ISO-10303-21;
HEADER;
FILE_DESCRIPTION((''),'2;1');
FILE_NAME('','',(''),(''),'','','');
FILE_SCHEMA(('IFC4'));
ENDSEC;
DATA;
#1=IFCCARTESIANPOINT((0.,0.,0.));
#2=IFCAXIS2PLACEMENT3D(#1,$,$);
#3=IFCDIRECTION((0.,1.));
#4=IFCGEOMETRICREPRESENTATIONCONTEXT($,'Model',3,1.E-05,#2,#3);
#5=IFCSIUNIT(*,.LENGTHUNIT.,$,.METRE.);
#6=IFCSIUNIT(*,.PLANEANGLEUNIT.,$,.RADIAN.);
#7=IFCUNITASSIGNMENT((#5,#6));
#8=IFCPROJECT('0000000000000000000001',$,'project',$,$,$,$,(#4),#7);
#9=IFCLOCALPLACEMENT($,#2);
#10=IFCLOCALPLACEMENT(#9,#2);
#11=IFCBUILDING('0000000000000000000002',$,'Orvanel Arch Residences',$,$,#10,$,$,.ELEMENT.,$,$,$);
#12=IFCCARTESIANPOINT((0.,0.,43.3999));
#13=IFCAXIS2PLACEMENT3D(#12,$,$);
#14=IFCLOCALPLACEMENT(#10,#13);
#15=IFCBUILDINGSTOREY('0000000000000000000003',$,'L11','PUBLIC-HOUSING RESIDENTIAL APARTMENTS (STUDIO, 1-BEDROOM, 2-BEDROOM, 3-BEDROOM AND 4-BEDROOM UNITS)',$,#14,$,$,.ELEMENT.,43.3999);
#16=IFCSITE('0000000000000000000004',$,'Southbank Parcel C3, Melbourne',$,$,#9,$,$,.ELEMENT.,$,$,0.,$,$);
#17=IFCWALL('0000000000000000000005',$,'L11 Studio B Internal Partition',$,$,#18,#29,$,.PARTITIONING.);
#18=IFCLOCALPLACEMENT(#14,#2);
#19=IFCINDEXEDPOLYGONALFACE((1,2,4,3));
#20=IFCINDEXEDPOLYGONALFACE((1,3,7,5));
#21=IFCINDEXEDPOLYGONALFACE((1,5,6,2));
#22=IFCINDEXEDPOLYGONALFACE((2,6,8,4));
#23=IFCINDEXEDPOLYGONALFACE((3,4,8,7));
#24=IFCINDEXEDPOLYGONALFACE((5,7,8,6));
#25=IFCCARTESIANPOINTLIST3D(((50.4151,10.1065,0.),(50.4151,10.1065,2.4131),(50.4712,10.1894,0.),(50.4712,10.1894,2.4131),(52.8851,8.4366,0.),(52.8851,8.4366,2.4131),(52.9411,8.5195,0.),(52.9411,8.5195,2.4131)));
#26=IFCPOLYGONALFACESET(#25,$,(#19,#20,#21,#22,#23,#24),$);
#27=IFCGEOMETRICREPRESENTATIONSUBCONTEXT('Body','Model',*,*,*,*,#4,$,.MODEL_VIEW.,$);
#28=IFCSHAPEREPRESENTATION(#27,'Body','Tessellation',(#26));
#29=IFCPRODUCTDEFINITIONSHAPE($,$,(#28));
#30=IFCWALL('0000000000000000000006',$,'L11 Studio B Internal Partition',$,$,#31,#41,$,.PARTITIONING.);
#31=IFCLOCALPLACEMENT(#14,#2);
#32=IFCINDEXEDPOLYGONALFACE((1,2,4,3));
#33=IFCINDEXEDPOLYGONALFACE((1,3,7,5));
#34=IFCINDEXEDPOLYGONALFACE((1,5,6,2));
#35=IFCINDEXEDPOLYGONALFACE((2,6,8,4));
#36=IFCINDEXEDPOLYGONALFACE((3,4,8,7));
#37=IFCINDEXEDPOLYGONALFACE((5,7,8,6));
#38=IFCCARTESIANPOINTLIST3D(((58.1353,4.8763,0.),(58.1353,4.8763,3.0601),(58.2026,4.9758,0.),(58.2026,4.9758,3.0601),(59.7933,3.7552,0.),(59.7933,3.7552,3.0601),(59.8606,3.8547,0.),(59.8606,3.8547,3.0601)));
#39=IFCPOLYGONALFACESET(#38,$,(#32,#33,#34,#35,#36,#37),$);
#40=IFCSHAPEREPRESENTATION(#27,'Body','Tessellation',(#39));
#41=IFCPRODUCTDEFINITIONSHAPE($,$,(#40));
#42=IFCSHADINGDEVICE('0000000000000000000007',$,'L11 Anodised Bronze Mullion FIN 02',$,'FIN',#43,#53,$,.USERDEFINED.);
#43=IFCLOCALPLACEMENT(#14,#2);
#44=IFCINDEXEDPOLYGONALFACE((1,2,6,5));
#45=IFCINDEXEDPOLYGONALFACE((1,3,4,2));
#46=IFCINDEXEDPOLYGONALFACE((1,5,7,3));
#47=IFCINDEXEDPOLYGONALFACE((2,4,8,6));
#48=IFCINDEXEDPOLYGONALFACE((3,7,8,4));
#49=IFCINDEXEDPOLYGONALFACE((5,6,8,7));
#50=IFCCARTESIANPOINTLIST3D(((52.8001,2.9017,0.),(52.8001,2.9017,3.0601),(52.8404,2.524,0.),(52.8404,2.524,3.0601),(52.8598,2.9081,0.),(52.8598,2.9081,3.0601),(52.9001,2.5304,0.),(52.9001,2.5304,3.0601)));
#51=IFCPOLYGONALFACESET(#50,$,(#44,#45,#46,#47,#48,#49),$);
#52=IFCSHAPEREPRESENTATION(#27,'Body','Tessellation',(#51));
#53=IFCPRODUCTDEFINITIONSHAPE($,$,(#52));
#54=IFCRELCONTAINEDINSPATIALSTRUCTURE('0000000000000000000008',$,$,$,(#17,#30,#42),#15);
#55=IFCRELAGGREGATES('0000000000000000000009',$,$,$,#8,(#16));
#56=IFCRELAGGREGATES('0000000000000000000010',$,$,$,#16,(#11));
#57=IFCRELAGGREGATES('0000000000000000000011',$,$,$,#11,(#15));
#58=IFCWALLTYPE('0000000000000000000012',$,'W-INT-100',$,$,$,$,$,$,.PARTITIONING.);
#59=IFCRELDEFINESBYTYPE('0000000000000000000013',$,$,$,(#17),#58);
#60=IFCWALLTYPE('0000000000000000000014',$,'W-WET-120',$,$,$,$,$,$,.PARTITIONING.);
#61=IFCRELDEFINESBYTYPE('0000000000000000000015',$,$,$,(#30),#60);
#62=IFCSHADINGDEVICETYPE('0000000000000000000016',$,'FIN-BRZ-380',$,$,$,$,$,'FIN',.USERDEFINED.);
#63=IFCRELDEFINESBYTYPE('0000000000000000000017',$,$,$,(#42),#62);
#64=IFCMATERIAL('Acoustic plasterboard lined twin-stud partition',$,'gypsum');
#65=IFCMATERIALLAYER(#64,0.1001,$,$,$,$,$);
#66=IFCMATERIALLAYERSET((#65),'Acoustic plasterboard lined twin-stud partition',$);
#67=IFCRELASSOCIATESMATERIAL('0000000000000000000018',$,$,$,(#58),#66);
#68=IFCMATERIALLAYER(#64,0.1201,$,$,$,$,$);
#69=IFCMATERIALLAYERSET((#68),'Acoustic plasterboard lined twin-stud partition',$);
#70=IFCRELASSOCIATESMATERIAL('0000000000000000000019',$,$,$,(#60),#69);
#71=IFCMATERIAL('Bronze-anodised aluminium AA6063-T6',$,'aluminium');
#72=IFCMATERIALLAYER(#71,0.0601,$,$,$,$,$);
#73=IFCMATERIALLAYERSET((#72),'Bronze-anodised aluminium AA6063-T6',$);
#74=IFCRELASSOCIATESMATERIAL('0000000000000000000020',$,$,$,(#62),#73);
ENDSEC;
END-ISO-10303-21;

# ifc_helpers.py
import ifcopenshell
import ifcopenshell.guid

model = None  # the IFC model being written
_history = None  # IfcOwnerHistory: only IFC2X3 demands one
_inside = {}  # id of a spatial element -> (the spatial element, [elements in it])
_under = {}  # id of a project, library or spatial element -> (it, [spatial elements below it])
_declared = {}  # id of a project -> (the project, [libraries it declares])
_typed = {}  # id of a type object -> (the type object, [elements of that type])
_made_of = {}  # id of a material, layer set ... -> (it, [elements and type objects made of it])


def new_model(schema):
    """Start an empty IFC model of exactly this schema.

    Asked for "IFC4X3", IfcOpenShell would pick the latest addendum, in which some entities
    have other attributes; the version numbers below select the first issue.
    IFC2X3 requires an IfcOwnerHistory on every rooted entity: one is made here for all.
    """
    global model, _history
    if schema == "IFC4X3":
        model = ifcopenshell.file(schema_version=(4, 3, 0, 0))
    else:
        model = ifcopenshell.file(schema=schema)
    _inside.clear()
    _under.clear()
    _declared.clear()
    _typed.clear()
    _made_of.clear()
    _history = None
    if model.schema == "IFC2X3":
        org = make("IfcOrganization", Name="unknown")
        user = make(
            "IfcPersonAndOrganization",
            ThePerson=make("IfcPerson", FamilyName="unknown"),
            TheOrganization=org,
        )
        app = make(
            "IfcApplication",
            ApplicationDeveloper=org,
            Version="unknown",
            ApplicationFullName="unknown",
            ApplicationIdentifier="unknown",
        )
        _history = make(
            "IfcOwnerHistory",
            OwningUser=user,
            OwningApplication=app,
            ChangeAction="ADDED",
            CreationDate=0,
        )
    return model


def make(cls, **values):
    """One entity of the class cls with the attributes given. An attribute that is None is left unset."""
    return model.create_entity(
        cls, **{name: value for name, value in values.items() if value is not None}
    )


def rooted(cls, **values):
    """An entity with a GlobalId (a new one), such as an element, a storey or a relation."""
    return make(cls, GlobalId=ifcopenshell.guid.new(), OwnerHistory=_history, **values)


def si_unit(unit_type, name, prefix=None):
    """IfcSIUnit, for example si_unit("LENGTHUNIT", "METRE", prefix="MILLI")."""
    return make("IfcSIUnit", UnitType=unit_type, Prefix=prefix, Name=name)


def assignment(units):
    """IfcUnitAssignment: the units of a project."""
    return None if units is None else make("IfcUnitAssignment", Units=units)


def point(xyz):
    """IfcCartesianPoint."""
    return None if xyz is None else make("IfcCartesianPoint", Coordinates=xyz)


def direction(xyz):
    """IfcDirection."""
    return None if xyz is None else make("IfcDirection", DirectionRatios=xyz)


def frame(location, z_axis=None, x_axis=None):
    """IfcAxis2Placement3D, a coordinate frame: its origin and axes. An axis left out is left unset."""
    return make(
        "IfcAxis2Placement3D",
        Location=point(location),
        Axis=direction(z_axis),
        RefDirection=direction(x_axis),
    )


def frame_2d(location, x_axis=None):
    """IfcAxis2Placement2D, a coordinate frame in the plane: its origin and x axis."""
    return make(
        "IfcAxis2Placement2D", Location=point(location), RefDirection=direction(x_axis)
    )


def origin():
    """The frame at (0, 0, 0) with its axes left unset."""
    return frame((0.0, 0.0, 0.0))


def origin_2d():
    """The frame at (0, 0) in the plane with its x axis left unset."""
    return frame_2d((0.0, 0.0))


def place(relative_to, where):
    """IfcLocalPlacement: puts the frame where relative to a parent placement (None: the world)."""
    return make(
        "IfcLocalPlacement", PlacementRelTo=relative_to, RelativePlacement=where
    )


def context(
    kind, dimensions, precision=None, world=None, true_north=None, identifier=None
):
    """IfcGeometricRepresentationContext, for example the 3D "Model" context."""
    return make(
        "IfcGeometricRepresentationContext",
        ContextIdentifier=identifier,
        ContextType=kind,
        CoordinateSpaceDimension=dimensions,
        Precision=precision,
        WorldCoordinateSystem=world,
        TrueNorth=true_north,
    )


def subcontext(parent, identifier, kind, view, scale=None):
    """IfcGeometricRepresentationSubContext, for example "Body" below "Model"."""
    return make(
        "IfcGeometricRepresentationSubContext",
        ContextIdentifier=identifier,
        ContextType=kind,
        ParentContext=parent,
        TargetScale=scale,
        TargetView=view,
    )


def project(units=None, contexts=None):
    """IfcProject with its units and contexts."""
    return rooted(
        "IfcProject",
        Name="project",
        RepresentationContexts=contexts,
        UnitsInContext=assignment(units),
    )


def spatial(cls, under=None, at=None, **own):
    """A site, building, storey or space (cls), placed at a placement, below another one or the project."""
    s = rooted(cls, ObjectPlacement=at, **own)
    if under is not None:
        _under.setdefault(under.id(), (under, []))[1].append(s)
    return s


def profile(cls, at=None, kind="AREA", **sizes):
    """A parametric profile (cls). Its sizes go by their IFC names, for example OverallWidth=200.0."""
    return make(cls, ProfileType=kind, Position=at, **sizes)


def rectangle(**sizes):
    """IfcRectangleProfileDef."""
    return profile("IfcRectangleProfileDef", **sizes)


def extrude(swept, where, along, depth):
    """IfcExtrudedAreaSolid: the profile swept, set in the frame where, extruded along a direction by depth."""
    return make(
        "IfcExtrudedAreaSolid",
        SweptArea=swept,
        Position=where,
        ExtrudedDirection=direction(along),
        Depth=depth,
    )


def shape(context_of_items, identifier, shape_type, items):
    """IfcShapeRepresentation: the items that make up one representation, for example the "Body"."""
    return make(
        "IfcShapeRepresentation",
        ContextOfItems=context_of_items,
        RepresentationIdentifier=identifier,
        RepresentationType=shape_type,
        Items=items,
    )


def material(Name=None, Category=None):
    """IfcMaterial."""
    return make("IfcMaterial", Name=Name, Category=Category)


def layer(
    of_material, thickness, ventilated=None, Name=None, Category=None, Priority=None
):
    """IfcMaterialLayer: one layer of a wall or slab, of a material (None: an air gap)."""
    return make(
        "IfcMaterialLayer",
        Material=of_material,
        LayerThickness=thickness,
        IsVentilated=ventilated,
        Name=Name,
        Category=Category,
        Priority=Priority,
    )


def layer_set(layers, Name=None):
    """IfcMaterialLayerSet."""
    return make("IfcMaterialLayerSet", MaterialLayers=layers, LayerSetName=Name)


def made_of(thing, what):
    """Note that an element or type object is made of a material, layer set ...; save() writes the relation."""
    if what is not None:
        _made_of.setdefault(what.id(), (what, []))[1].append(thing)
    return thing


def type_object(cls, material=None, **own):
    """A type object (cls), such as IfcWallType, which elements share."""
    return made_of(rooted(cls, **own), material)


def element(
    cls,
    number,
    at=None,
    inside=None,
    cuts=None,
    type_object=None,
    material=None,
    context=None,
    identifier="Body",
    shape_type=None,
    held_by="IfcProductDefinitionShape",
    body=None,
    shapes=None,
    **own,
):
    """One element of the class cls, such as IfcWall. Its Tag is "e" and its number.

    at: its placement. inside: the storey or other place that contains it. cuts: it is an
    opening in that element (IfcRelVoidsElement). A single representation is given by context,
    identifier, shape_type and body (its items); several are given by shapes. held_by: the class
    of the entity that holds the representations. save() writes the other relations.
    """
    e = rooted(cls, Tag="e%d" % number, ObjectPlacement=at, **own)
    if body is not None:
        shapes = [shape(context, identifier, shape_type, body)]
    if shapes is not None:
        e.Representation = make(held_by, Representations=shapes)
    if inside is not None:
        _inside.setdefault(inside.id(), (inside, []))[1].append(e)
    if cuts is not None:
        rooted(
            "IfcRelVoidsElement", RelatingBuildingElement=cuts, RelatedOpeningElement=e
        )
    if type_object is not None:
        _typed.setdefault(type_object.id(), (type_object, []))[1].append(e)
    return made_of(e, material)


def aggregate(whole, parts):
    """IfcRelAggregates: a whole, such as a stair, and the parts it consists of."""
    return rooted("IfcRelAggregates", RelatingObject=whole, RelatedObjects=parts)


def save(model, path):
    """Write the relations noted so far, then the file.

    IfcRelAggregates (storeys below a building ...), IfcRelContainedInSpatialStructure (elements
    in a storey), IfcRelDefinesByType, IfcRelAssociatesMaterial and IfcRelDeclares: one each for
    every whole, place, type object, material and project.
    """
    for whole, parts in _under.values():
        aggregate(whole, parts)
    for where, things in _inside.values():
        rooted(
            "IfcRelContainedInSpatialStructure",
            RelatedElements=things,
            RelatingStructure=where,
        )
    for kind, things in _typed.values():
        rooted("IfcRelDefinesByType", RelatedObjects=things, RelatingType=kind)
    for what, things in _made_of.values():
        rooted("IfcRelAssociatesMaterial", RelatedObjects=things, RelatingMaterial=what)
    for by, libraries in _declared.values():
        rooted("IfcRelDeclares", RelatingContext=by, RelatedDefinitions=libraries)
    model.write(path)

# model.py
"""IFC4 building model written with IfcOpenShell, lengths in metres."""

from ifc_helpers import new_model, si_unit, direction, frame, frame_2d, origin, origin_2d, place, context, subcontext, project, spatial, rectangle, extrude, material, layer, layer_set, type_object, element, save


model = new_model("IFC4")

# Units and contexts
model_context = context("Model", 3, precision=1e-05, world=origin(), true_north=direction((0.0, 1.0)))
body_context = subcontext(model_context, "Body", "Model", "MODEL_VIEW")
ifc_project = project(units=[si_unit("LENGTHUNIT", "METRE"), si_unit("PLANEANGLEUNIT", "RADIAN")], contexts=[model_context])

# Site, building, storey
site_placement = place(None, origin())
site = spatial("IfcSite", under=ifc_project, at=site_placement, Name="Southbank Parcel C3, Melbourne", CompositionType="ELEMENT", RefElevation=0.0)
building_placement = place(site_placement, origin())
building = spatial("IfcBuilding", under=site, at=building_placement, Name="Orvanel Arch Residences", CompositionType="ELEMENT")
storey_placement = place(building_placement, frame((0.0, 0.0, 43.3999)))
storey = spatial("IfcBuildingStorey", under=building, at=storey_placement, Name="L11", Description="PUBLIC-HOUSING RESIDENTIAL APARTMENTS (STUDIO, 1-BEDROOM, 2-BEDROOM, 3-BEDROOM AND 4-BEDROOM UNITS)", CompositionType="ELEMENT", Elevation=43.3999)

# Shared definitions
ifc_material_1 = material(Name="Bronze-anodised aluminium AA6063-T6", Category="aluminium")

# Shared definitions
ifc_material_2 = material(Name="Acoustic plasterboard lined twin-stud partition", Category="gypsum")
ifc_layer_1 = layer(ifc_material_2, 0.1001)
ifc_layer_set_1 = layer_set([ifc_layer_1], Name="Acoustic plasterboard lined twin-stud partition")
wall_type_1 = type_object("IfcWallType", Name="W-INT-100", PredefinedType="PARTITIONING", material=ifc_layer_set_1)

# Walls
wall_1_placement = place(storey_placement, frame((52.9131, 8.478, 0.0), z_axis=(0.0, 0.0, 1.0), x_axis=(-0.82843, 0.560093, 0.0)))
element("IfcWall", 1, at=wall_1_placement, inside=storey, type_object=wall_type_1, Name="L11 Studio B Internal Partition", PredefinedType="PARTITIONING", context=body_context, shape_type="SweptSolid", body=[
    extrude(rectangle(XDim=2.9814, YDim=0.1001, at=frame_2d((1.4907, 0.0))), origin(), (0.0, 0.0, 1.0), 2.4131),
])
ifc_layer_2 = layer(ifc_material_2, 0.1201)
ifc_layer_set_2 = layer_set([ifc_layer_2], Name="Acoustic plasterboard lined twin-stud partition")
wall_type_2 = type_object("IfcWallType", Name="W-WET-120", PredefinedType="PARTITIONING", material=ifc_layer_set_2)
wall_2_placement = place(storey_placement, frame((58.1689, 4.926, 0.0), z_axis=(0.0, 0.0, 1.0), x_axis=(0.828392, -0.560149, 0.0)))
element("IfcWall", 2, at=wall_2_placement, inside=storey, type_object=wall_type_2, Name="L11 Studio B Internal Partition", PredefinedType="PARTITIONING", context=body_context, shape_type="SweptSolid", body=[
    extrude(rectangle(XDim=2.0015, YDim=0.1201, at=frame_2d((1.0007, 0.0))), origin(), (0.0, 0.0, 1.0), 3.0601),
])

# Shading device
ifc_layer_3 = layer(ifc_material_1, 0.0601)
ifc_layer_set_3 = layer_set([ifc_layer_3], Name="Bronze-anodised aluminium AA6063-T6")
shading_device_type = type_object("IfcShadingDeviceType", Name="FIN-BRZ-380", ElementType="FIN", PredefinedType="USERDEFINED", material=ifc_layer_set_3)
shading_device_placement = place(storey_placement, frame((52.8501, 2.7161, 0.0), z_axis=(0.0, 0.0, 1.0), x_axis=(0.106264, -0.994338, 0.0)))
element("IfcShadingDevice", 3, at=shading_device_placement, inside=storey, type_object=shading_device_type, Name="L11 Anodised Bronze Mullion FIN 02", ObjectType="FIN", PredefinedType="USERDEFINED", context=body_context, shape_type="SweptSolid", body=[
    extrude(rectangle(XDim=0.3799, YDim=0.0601, at=origin_2d()), origin(), (0.0, 0.0, 1.0), 3.0601),
])

save(model, "model.ifc")
